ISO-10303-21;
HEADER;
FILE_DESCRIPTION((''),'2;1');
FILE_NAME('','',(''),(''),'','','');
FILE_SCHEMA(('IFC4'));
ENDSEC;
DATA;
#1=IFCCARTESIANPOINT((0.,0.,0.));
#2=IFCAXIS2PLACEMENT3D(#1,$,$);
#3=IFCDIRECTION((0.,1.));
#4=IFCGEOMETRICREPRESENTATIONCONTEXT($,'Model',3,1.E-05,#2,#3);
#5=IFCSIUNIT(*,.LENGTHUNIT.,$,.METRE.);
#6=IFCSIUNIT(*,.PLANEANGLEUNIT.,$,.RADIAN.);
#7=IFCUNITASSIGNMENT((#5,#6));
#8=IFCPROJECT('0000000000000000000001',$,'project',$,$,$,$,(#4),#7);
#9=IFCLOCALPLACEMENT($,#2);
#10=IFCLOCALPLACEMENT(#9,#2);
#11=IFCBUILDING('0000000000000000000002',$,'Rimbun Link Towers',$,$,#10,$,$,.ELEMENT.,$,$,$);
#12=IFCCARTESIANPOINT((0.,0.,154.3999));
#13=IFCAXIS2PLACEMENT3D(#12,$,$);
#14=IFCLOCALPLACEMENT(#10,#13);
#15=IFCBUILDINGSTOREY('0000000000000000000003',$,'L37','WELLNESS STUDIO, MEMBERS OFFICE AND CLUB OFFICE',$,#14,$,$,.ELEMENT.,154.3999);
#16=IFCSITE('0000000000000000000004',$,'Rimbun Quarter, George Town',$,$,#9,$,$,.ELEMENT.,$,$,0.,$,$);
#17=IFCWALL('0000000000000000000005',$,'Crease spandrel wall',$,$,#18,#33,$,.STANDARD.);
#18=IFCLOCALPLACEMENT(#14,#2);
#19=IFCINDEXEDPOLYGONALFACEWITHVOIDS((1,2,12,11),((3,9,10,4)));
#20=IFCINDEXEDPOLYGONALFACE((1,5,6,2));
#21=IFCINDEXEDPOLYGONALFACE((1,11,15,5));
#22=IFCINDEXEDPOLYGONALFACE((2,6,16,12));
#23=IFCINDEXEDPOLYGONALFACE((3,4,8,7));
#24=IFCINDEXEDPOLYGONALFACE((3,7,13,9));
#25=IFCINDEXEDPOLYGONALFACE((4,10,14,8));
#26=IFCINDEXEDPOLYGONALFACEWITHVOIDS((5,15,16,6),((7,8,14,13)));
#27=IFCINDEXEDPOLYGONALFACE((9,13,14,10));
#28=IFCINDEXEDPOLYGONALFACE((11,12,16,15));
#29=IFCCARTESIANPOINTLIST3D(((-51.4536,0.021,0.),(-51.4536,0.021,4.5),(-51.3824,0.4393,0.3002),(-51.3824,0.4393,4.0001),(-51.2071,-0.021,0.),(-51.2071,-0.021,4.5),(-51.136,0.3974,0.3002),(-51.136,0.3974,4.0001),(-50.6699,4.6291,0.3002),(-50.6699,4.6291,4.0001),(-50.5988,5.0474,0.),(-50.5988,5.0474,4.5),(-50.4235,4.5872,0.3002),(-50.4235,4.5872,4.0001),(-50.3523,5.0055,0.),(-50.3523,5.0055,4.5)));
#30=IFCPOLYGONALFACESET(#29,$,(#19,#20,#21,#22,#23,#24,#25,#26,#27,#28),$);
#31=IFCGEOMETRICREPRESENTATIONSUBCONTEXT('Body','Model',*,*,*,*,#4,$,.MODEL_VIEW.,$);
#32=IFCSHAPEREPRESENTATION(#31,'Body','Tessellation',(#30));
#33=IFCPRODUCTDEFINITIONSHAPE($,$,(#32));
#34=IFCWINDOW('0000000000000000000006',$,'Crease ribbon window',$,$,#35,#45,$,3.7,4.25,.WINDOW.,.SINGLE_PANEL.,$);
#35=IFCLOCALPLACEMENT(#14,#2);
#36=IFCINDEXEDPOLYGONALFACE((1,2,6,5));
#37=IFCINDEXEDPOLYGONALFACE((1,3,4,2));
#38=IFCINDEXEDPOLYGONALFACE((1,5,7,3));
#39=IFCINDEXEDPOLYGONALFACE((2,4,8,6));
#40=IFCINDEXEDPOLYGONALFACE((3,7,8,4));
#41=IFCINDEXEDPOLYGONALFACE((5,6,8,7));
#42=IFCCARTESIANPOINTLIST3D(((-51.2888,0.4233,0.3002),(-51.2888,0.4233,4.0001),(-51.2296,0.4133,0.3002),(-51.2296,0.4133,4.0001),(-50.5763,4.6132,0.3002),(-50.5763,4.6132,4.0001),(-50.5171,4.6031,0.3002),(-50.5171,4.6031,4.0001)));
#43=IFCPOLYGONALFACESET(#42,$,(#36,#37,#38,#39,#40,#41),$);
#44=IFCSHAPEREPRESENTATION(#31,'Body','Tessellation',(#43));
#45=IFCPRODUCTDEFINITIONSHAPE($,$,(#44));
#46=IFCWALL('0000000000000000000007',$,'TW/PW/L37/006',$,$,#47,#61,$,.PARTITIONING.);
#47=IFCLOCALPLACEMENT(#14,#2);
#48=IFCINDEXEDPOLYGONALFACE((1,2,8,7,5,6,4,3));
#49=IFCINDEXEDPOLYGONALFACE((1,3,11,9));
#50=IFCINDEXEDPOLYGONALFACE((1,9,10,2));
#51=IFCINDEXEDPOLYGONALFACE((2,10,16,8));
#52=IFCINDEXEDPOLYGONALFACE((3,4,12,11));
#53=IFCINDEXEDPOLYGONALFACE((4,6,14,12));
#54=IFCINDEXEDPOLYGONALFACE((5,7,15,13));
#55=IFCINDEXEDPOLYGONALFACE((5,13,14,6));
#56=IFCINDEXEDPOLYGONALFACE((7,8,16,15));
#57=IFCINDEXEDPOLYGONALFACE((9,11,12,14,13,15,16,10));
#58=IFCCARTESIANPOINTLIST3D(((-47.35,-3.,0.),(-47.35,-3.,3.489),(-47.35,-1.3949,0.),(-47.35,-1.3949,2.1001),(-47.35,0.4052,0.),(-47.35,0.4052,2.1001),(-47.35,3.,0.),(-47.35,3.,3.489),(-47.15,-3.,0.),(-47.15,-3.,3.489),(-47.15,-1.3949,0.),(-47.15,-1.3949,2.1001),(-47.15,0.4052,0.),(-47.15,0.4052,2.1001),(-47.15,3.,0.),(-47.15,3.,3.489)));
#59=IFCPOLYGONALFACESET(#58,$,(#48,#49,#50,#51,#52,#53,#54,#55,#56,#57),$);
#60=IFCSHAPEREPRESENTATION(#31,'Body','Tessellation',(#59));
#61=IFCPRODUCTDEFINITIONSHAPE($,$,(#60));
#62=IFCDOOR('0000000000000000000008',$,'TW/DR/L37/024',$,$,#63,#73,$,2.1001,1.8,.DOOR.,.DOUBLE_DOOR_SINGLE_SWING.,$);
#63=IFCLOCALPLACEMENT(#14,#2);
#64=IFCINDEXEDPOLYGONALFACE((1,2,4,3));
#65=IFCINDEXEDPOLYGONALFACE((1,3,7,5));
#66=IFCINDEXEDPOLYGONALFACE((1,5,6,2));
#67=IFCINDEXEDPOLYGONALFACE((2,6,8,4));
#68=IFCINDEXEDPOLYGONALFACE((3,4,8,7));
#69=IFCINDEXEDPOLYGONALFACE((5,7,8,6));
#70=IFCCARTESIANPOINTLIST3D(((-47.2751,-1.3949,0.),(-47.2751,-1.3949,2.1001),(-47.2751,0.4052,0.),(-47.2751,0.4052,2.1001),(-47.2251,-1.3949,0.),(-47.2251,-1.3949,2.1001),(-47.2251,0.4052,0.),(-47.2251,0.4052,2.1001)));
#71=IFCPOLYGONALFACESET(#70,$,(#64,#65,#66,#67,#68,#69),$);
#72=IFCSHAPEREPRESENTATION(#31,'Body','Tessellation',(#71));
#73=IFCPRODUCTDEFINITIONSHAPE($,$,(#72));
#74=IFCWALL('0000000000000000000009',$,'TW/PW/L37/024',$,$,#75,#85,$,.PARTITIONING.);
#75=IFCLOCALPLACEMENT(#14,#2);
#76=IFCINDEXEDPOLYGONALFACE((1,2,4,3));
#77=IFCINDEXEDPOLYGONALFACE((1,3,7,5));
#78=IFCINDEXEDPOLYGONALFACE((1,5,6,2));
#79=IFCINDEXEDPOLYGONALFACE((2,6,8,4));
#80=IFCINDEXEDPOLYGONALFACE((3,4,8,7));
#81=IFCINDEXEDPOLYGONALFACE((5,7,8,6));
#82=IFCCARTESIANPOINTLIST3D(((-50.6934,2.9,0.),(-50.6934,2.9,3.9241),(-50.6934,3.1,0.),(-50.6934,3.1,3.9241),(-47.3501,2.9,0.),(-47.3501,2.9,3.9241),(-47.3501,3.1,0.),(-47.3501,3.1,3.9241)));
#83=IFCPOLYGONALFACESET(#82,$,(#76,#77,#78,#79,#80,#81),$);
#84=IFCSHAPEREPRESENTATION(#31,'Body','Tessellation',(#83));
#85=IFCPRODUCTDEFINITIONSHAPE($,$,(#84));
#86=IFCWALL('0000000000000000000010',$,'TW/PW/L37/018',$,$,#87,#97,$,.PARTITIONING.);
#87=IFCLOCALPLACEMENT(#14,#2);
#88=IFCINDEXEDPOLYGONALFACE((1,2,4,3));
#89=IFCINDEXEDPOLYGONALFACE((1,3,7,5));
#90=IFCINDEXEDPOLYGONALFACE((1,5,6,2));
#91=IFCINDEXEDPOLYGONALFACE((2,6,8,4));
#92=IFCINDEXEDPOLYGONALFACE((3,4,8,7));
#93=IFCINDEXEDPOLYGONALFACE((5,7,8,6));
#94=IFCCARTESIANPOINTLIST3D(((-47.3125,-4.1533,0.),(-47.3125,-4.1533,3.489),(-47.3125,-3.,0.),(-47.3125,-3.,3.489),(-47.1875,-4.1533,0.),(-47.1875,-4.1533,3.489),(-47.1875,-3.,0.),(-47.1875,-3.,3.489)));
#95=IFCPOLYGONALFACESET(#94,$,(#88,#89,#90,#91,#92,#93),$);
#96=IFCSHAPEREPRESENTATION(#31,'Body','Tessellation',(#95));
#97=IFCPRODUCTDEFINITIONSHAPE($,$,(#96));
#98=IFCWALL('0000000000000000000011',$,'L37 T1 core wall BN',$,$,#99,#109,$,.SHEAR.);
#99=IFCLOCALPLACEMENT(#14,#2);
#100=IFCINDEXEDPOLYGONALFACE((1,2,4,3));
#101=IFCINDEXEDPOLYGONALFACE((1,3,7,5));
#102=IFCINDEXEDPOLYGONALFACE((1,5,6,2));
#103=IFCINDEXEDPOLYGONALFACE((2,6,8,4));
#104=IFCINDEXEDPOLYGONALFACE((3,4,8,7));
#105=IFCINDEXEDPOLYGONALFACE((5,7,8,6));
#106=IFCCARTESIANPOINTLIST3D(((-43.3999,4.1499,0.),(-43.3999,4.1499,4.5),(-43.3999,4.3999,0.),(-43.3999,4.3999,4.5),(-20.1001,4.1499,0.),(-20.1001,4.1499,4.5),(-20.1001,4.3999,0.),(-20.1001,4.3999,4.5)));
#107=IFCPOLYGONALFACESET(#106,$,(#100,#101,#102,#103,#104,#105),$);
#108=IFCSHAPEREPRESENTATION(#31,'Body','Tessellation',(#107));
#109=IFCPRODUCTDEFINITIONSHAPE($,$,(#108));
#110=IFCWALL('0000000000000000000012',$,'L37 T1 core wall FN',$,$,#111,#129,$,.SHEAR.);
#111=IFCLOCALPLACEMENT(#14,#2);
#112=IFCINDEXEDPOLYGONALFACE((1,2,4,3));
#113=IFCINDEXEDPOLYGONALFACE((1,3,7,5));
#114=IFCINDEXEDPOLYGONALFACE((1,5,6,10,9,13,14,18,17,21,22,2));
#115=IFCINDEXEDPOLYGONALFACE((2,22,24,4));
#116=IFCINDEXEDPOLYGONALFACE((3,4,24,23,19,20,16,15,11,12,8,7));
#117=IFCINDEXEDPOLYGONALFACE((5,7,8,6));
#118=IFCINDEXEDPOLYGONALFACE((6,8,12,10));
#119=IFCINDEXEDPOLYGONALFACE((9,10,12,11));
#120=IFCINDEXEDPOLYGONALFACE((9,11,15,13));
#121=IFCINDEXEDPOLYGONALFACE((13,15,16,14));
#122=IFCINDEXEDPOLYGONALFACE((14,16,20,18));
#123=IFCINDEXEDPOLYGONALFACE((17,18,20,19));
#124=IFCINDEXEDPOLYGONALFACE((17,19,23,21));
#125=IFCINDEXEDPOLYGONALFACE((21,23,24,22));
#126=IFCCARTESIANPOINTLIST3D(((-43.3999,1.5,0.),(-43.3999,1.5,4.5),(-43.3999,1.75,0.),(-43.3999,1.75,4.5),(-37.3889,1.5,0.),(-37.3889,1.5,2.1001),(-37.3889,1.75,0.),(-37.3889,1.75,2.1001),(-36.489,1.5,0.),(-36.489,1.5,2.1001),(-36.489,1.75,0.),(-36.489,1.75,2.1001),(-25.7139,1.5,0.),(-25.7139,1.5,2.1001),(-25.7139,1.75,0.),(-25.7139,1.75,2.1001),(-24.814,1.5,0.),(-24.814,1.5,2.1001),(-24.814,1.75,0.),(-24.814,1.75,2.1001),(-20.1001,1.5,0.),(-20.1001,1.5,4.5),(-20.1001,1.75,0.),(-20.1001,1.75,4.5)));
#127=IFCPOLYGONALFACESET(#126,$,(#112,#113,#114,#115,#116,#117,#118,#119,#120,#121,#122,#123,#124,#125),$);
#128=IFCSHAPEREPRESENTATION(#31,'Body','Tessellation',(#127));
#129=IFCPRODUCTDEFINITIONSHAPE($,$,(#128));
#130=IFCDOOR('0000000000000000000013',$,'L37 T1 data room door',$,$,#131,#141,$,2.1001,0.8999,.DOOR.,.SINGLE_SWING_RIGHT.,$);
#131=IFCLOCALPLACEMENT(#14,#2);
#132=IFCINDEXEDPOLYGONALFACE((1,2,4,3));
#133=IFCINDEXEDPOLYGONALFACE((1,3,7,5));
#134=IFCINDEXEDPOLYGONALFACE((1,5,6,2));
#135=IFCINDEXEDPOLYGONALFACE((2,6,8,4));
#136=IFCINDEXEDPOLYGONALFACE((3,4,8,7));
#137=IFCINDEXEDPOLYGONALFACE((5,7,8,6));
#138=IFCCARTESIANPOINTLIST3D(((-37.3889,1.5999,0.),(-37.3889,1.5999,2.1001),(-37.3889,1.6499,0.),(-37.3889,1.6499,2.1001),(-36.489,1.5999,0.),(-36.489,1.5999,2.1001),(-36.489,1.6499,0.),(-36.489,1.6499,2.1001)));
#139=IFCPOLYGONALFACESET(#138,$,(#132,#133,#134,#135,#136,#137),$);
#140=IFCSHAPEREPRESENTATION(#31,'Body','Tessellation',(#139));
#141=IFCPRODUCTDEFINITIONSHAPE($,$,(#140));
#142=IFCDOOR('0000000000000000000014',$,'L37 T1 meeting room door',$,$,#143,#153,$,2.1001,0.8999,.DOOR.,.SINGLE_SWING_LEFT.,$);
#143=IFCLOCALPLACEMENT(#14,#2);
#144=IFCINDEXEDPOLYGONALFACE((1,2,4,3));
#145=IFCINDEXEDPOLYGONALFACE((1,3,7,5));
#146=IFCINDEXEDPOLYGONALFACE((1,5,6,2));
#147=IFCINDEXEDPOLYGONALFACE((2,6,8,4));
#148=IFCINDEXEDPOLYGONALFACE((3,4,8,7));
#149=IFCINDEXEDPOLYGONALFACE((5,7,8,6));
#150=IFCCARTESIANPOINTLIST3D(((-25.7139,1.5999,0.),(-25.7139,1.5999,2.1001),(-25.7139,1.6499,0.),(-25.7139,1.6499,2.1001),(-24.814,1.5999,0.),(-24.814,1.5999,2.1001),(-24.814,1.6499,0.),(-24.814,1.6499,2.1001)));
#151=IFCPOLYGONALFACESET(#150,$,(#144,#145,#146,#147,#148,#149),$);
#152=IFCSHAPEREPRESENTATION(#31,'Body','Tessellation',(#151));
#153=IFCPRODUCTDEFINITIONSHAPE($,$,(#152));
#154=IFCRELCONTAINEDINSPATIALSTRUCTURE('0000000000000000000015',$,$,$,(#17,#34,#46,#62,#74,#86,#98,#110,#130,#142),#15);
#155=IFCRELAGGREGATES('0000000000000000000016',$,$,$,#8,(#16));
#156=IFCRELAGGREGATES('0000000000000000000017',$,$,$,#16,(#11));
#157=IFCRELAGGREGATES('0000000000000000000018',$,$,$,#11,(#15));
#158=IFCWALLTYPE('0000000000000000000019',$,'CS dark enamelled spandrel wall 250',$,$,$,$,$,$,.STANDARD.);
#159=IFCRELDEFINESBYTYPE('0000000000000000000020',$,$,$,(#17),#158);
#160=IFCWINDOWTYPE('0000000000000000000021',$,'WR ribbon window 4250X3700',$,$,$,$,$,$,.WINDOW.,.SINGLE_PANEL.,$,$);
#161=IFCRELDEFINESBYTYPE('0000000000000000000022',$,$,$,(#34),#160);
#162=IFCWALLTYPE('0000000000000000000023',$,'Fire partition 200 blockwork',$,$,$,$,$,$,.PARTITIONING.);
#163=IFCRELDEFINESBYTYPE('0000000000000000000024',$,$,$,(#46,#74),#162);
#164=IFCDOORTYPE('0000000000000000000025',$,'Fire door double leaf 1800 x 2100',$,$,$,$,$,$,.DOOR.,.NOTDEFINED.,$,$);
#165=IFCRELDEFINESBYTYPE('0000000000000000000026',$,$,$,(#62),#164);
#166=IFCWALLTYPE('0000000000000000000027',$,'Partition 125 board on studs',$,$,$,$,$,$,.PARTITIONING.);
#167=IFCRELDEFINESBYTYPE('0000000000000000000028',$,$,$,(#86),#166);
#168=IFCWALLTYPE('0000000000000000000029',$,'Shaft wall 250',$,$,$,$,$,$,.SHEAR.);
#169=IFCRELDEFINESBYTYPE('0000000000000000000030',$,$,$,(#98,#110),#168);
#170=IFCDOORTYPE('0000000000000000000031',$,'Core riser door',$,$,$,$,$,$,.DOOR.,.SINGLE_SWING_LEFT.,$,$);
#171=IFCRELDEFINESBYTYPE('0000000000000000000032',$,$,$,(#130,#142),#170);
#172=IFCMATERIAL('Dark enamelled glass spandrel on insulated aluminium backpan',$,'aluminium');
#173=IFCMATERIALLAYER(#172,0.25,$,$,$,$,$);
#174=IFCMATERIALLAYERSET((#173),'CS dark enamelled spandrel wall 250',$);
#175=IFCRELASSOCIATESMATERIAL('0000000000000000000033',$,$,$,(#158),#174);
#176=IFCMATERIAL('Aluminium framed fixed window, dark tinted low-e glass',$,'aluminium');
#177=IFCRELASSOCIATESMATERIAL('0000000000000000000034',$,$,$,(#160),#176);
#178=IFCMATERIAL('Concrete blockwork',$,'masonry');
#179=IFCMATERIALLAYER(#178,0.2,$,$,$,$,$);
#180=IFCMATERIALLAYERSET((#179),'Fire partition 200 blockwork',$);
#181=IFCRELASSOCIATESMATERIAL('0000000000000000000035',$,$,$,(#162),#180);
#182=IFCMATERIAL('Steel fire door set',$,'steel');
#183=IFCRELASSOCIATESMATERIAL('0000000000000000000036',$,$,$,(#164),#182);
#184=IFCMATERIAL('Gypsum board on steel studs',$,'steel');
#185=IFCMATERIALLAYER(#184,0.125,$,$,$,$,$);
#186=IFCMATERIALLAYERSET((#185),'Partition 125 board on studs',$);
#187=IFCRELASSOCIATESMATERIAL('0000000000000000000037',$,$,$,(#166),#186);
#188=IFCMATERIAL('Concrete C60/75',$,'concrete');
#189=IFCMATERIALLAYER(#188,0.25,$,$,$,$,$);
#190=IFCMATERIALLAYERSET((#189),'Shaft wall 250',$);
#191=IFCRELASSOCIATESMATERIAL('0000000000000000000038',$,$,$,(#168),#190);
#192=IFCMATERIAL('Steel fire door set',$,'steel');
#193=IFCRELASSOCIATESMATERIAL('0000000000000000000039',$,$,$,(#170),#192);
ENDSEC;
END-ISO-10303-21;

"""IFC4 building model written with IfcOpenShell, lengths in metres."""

from ifc_helpers import new_model, si_unit, direction, frame, frame_2d, origin, place, context, subcontext, project, spatial, rectangle, extrude, material, layer, layer_set, type_object, element, fill, save


model = new_model("IFC4")

# Units and contexts
model_context = context("Model", 3, precision=1e-05, world=origin(), true_north=direction((0.0, 1.0)))
body_context = subcontext(model_context, "Body", "Model", "MODEL_VIEW")
ifc_project = project(units=[si_unit("LENGTHUNIT", "METRE"), si_unit("PLANEANGLEUNIT", "RADIAN")], contexts=[model_context])

# Site, building, storey
site_placement = place(None, origin())
site = spatial("IfcSite", under=ifc_project, at=site_placement, Name="Rimbun Quarter, George Town", CompositionType="ELEMENT", RefElevation=0.0)
building_placement = place(site_placement, origin())
building = spatial("IfcBuilding", under=site, at=building_placement, Name="Rimbun Link Towers", CompositionType="ELEMENT")
storey_placement = place(building_placement, frame((0.0, 0.0, 154.3999)))
storey = spatial("IfcBuildingStorey", under=building, at=storey_placement, Name="L37", Description="WELLNESS STUDIO, MEMBERS OFFICE AND CLUB OFFICE", CompositionType="ELEMENT", Elevation=154.3999)

# Wall, opening, window
ifc_material_1 = material(Name="Dark enamelled glass spandrel on insulated aluminium backpan", Category="aluminium")
ifc_layer_1 = layer(ifc_material_1, 0.25)
ifc_layer_set_1 = layer_set([ifc_layer_1], Name="CS dark enamelled spandrel wall 250")
wall_type_1 = type_object("IfcWallType", Name="CS dark enamelled spandrel wall 250", PredefinedType="STANDARD", material=ifc_layer_set_1)
wall_1_placement = place(storey_placement, frame((-51.3303, 0.0, 0.0), z_axis=(0.0, 0.0, 1.0), x_axis=(0.167644, 0.985848, 0.0)))
wall_1 = element("IfcWall", 1, at=wall_1_placement, inside=storey, type_object=wall_type_1, Name="Crease spandrel wall", PredefinedType="STANDARD", context=body_context, shape_type="SweptSolid", body=[
    extrude(rectangle(XDim=5.0986, YDim=0.25, at=frame_2d((2.5493, 0.0))), origin(), (0.0, 0.0, 1.0), 4.5),
])
opening_1_placement = place(wall_1_placement, frame((0.4243, 0.0, 0.3)))
opening_1 = element("IfcOpeningElement", 2, at=opening_1_placement, cuts=wall_1, PredefinedType="OPENING", context=body_context, shape_type="SweptSolid", body=[
    extrude(rectangle(XDim=4.25, YDim=3.7, at=frame_2d((2.125, 1.8501))), frame((0.0, 0.135, 0.0), z_axis=(0.0, -1.0, 0.0), x_axis=(1.0, 0.0, 0.0)), (0.0, 0.0, 1.0), 0.27),
])
ifc_material_2 = material(Name="Aluminium framed fixed window, dark tinted low-e glass", Category="aluminium")
window_type_1 = type_object("IfcWindowType", Name="WR ribbon window 4250X3700", PartitioningType="SINGLE_PANEL", PredefinedType="WINDOW", material=ifc_material_2)
window_1_placement = place(opening_1_placement, origin())
window_1 = element("IfcWindow", 3, at=window_1_placement, inside=storey, type_object=window_type_1, Name="Crease ribbon window", OverallHeight=3.7, OverallWidth=4.25, PartitioningType="SINGLE_PANEL", PredefinedType="WINDOW", context=body_context, shape_type="SweptSolid", body=[
    extrude(rectangle(XDim=4.25, YDim=3.7, at=frame_2d((2.125, 1.8501))), frame((0.0, 0.03, 0.0), z_axis=(0.0, -1.0, 0.0), x_axis=(1.0, 0.0, 0.0)), (0.0, 0.0, 1.0), 0.0601),
])
fill(opening_1, window_1)

# Wall, opening, door
ifc_material_3 = material(Name="Concrete blockwork", Category="masonry")
ifc_layer_2 = layer(ifc_material_3, 0.2)
ifc_layer_set_2 = layer_set([ifc_layer_2], Name="Fire partition 200 blockwork")
wall_type_2 = type_object("IfcWallType", Name="Fire partition 200 blockwork", PredefinedType="PARTITIONING", material=ifc_layer_set_2)
wall_2_placement = place(storey_placement, frame((-47.25, 3.0, 0.0), z_axis=(0.0, 0.0, 1.0), x_axis=(0.0, -1.0, 0.0)))
wall_2 = element("IfcWall", 4, at=wall_2_placement, inside=storey, type_object=wall_type_2, Name="TW/PW/L37/006", PredefinedType="PARTITIONING", context=body_context, shape_type="SweptSolid", body=[
    extrude(rectangle(XDim=6.0, YDim=0.2, at=frame_2d((3.0, 0.0))), origin(), (0.0, 0.0, 1.0), 3.489),
])
opening_2_placement = place(wall_2_placement, frame((2.595, 0.0, 0.0)))
opening_2 = element("IfcOpeningElement", 5, at=opening_2_placement, cuts=wall_2, PredefinedType="OPENING", context=body_context, shape_type="SweptSolid", body=[
    extrude(rectangle(XDim=1.8, YDim=2.1001, at=frame_2d((0.8999, 1.05))), frame((0.0, 0.1099, 0.0), z_axis=(0.0, -1.0, 0.0), x_axis=(1.0, 0.0, 0.0)), (0.0, 0.0, 1.0), 0.22),
])
ifc_material_4 = material(Name="Steel fire door set", Category="steel")
door_type_1 = type_object("IfcDoorType", Name="Fire door double leaf 1800 x 2100", OperationType="NOTDEFINED", PredefinedType="DOOR", material=ifc_material_4)
door_1_placement = place(opening_2_placement, origin())
door_1 = element("IfcDoor", 6, at=door_1_placement, inside=storey, type_object=door_type_1, Name="TW/DR/L37/024", OperationType="DOUBLE_DOOR_SINGLE_SWING", OverallHeight=2.1001, OverallWidth=1.8, PredefinedType="DOOR", context=body_context, shape_type="SweptSolid", body=[
    extrude(rectangle(XDim=1.8, YDim=2.1001, at=frame_2d((0.8999, 1.05))), frame((0.0, 0.0249, 0.0), z_axis=(0.0, -1.0, 0.0), x_axis=(1.0, 0.0, 0.0)), (0.0, 0.0, 1.0), 0.05),
])
fill(opening_2, door_1)

# Walls
wall_3_placement = place(storey_placement, frame((-47.3501, 3.0, 0.0), z_axis=(0.0, 0.0, 1.0), x_axis=(-1.0, 0.0, 0.0)))
element("IfcWall", 7, at=wall_3_placement, inside=storey, type_object=wall_type_2, Name="TW/PW/L37/024", PredefinedType="PARTITIONING", context=body_context, shape_type="SweptSolid", body=[
    extrude(rectangle(XDim=3.3433, YDim=0.2, at=frame_2d((1.6716, 0.0))), origin(), (0.0, 0.0, 1.0), 3.9241),
])
ifc_material_5 = material(Name="Gypsum board on steel studs", Category="steel")
ifc_layer_3 = layer(ifc_material_5, 0.125)
ifc_layer_set_3 = layer_set([ifc_layer_3], Name="Partition 125 board on studs")
wall_type_3 = type_object("IfcWallType", Name="Partition 125 board on studs", PredefinedType="PARTITIONING", material=ifc_layer_set_3)
wall_4_placement = place(storey_placement, frame((-47.25, -3.0, 0.0), z_axis=(0.0, 0.0, 1.0), x_axis=(0.0, -1.0, 0.0)))
element("IfcWall", 8, at=wall_4_placement, inside=storey, type_object=wall_type_3, Name="TW/PW/L37/018", PredefinedType="PARTITIONING", context=body_context, shape_type="SweptSolid", body=[
    extrude(rectangle(XDim=1.1533, YDim=0.125, at=frame_2d((0.5767, 0.0))), origin(), (0.0, 0.0, 1.0), 3.489),
])
ifc_material_6 = material(Name="Concrete C60/75", Category="concrete")
ifc_layer_4 = layer(ifc_material_6, 0.25)
ifc_layer_set_4 = layer_set([ifc_layer_4], Name="Shaft wall 250")
wall_type_4 = type_object("IfcWallType", Name="Shaft wall 250", PredefinedType="SHEAR", material=ifc_layer_set_4)
wall_5_placement = place(storey_placement, frame((-43.3999, 4.2749, 0.0), z_axis=(0.0, 0.0, 1.0), x_axis=(1.0, 0.0, 0.0)))
element("IfcWall", 9, at=wall_5_placement, inside=storey, type_object=wall_type_4, Name="L37 T1 core wall BN", PredefinedType="SHEAR", context=body_context, shape_type="SweptSolid", body=[
    extrude(rectangle(XDim=23.2998, YDim=0.25, at=frame_2d((11.6499, 0.0))), origin(), (0.0, 0.0, 1.0), 4.5),
])

# Wall, openings, doors
wall_6_placement = place(storey_placement, frame((-43.3999, 1.625, 0.0), z_axis=(0.0, 0.0, 1.0), x_axis=(1.0, 0.0, 0.0)))
wall_6 = element("IfcWall", 10, at=wall_6_placement, inside=storey, type_object=wall_type_4, Name="L37 T1 core wall FN", PredefinedType="SHEAR", context=body_context, shape_type="SweptSolid", body=[
    extrude(rectangle(XDim=23.2998, YDim=0.25, at=frame_2d((11.6499, 0.0))), origin(), (0.0, 0.0, 1.0), 4.5),
])
opening_3_placement = place(wall_6_placement, frame((6.011, 0.0, 0.0)))
opening_3 = element("IfcOpeningElement", 11, at=opening_3_placement, cuts=wall_6, PredefinedType="OPENING", context=body_context, shape_type="SweptSolid", body=[
    extrude(rectangle(XDim=0.8999, YDim=2.1001, at=frame_2d((0.45, 1.05))), frame((0.0, 0.135, 0.0), z_axis=(0.0, -1.0, 0.0), x_axis=(1.0, 0.0, 0.0)), (0.0, 0.0, 1.0), 0.27),
])
opening_4_placement = place(wall_6_placement, frame((17.686, 0.0, 0.0)))
opening_4 = element("IfcOpeningElement", 12, at=opening_4_placement, cuts=wall_6, PredefinedType="OPENING", context=body_context, shape_type="SweptSolid", body=[
    extrude(rectangle(XDim=0.8999, YDim=2.1001, at=frame_2d((0.45, 1.05))), frame((0.0, 0.135, 0.0), z_axis=(0.0, -1.0, 0.0), x_axis=(1.0, 0.0, 0.0)), (0.0, 0.0, 1.0), 0.27),
])
ifc_material_7 = material(Name="Steel fire door set", Category="steel")
door_type_2 = type_object("IfcDoorType", Name="Core riser door", OperationType="SINGLE_SWING_LEFT", PredefinedType="DOOR", material=ifc_material_7)
door_2_placement = place(opening_3_placement, origin())
door_2 = element("IfcDoor", 13, at=door_2_placement, inside=storey, type_object=door_type_2, Name="L37 T1 data room door", OperationType="SINGLE_SWING_RIGHT", OverallHeight=2.1001, OverallWidth=0.8999, PredefinedType="DOOR", context=body_context, shape_type="SweptSolid", body=[
    extrude(rectangle(XDim=0.8999, YDim=2.1001, at=frame_2d((0.45, 1.05))), frame((0.0, 0.0249, 0.0), z_axis=(0.0, -1.0, 0.0), x_axis=(1.0, 0.0, 0.0)), (0.0, 0.0, 1.0), 0.05),
])
fill(opening_3, door_2)
door_3_placement = place(opening_4_placement, origin())
door_3 = element("IfcDoor", 14, at=door_3_placement, inside=storey, type_object=door_type_2, Name="L37 T1 meeting room door", OperationType="SINGLE_SWING_LEFT", OverallHeight=2.1001, OverallWidth=0.8999, PredefinedType="DOOR", context=body_context, shape_type="SweptSolid", body=[
    extrude(rectangle(XDim=0.8999, YDim=2.1001, at=frame_2d((0.45, 1.05))), frame((0.0, 0.0249, 0.0), z_axis=(0.0, -1.0, 0.0), x_axis=(1.0, 0.0, 0.0)), (0.0, 0.0, 1.0), 0.05),
])
fill(opening_4, door_3)

save(model, "model.ifc")
